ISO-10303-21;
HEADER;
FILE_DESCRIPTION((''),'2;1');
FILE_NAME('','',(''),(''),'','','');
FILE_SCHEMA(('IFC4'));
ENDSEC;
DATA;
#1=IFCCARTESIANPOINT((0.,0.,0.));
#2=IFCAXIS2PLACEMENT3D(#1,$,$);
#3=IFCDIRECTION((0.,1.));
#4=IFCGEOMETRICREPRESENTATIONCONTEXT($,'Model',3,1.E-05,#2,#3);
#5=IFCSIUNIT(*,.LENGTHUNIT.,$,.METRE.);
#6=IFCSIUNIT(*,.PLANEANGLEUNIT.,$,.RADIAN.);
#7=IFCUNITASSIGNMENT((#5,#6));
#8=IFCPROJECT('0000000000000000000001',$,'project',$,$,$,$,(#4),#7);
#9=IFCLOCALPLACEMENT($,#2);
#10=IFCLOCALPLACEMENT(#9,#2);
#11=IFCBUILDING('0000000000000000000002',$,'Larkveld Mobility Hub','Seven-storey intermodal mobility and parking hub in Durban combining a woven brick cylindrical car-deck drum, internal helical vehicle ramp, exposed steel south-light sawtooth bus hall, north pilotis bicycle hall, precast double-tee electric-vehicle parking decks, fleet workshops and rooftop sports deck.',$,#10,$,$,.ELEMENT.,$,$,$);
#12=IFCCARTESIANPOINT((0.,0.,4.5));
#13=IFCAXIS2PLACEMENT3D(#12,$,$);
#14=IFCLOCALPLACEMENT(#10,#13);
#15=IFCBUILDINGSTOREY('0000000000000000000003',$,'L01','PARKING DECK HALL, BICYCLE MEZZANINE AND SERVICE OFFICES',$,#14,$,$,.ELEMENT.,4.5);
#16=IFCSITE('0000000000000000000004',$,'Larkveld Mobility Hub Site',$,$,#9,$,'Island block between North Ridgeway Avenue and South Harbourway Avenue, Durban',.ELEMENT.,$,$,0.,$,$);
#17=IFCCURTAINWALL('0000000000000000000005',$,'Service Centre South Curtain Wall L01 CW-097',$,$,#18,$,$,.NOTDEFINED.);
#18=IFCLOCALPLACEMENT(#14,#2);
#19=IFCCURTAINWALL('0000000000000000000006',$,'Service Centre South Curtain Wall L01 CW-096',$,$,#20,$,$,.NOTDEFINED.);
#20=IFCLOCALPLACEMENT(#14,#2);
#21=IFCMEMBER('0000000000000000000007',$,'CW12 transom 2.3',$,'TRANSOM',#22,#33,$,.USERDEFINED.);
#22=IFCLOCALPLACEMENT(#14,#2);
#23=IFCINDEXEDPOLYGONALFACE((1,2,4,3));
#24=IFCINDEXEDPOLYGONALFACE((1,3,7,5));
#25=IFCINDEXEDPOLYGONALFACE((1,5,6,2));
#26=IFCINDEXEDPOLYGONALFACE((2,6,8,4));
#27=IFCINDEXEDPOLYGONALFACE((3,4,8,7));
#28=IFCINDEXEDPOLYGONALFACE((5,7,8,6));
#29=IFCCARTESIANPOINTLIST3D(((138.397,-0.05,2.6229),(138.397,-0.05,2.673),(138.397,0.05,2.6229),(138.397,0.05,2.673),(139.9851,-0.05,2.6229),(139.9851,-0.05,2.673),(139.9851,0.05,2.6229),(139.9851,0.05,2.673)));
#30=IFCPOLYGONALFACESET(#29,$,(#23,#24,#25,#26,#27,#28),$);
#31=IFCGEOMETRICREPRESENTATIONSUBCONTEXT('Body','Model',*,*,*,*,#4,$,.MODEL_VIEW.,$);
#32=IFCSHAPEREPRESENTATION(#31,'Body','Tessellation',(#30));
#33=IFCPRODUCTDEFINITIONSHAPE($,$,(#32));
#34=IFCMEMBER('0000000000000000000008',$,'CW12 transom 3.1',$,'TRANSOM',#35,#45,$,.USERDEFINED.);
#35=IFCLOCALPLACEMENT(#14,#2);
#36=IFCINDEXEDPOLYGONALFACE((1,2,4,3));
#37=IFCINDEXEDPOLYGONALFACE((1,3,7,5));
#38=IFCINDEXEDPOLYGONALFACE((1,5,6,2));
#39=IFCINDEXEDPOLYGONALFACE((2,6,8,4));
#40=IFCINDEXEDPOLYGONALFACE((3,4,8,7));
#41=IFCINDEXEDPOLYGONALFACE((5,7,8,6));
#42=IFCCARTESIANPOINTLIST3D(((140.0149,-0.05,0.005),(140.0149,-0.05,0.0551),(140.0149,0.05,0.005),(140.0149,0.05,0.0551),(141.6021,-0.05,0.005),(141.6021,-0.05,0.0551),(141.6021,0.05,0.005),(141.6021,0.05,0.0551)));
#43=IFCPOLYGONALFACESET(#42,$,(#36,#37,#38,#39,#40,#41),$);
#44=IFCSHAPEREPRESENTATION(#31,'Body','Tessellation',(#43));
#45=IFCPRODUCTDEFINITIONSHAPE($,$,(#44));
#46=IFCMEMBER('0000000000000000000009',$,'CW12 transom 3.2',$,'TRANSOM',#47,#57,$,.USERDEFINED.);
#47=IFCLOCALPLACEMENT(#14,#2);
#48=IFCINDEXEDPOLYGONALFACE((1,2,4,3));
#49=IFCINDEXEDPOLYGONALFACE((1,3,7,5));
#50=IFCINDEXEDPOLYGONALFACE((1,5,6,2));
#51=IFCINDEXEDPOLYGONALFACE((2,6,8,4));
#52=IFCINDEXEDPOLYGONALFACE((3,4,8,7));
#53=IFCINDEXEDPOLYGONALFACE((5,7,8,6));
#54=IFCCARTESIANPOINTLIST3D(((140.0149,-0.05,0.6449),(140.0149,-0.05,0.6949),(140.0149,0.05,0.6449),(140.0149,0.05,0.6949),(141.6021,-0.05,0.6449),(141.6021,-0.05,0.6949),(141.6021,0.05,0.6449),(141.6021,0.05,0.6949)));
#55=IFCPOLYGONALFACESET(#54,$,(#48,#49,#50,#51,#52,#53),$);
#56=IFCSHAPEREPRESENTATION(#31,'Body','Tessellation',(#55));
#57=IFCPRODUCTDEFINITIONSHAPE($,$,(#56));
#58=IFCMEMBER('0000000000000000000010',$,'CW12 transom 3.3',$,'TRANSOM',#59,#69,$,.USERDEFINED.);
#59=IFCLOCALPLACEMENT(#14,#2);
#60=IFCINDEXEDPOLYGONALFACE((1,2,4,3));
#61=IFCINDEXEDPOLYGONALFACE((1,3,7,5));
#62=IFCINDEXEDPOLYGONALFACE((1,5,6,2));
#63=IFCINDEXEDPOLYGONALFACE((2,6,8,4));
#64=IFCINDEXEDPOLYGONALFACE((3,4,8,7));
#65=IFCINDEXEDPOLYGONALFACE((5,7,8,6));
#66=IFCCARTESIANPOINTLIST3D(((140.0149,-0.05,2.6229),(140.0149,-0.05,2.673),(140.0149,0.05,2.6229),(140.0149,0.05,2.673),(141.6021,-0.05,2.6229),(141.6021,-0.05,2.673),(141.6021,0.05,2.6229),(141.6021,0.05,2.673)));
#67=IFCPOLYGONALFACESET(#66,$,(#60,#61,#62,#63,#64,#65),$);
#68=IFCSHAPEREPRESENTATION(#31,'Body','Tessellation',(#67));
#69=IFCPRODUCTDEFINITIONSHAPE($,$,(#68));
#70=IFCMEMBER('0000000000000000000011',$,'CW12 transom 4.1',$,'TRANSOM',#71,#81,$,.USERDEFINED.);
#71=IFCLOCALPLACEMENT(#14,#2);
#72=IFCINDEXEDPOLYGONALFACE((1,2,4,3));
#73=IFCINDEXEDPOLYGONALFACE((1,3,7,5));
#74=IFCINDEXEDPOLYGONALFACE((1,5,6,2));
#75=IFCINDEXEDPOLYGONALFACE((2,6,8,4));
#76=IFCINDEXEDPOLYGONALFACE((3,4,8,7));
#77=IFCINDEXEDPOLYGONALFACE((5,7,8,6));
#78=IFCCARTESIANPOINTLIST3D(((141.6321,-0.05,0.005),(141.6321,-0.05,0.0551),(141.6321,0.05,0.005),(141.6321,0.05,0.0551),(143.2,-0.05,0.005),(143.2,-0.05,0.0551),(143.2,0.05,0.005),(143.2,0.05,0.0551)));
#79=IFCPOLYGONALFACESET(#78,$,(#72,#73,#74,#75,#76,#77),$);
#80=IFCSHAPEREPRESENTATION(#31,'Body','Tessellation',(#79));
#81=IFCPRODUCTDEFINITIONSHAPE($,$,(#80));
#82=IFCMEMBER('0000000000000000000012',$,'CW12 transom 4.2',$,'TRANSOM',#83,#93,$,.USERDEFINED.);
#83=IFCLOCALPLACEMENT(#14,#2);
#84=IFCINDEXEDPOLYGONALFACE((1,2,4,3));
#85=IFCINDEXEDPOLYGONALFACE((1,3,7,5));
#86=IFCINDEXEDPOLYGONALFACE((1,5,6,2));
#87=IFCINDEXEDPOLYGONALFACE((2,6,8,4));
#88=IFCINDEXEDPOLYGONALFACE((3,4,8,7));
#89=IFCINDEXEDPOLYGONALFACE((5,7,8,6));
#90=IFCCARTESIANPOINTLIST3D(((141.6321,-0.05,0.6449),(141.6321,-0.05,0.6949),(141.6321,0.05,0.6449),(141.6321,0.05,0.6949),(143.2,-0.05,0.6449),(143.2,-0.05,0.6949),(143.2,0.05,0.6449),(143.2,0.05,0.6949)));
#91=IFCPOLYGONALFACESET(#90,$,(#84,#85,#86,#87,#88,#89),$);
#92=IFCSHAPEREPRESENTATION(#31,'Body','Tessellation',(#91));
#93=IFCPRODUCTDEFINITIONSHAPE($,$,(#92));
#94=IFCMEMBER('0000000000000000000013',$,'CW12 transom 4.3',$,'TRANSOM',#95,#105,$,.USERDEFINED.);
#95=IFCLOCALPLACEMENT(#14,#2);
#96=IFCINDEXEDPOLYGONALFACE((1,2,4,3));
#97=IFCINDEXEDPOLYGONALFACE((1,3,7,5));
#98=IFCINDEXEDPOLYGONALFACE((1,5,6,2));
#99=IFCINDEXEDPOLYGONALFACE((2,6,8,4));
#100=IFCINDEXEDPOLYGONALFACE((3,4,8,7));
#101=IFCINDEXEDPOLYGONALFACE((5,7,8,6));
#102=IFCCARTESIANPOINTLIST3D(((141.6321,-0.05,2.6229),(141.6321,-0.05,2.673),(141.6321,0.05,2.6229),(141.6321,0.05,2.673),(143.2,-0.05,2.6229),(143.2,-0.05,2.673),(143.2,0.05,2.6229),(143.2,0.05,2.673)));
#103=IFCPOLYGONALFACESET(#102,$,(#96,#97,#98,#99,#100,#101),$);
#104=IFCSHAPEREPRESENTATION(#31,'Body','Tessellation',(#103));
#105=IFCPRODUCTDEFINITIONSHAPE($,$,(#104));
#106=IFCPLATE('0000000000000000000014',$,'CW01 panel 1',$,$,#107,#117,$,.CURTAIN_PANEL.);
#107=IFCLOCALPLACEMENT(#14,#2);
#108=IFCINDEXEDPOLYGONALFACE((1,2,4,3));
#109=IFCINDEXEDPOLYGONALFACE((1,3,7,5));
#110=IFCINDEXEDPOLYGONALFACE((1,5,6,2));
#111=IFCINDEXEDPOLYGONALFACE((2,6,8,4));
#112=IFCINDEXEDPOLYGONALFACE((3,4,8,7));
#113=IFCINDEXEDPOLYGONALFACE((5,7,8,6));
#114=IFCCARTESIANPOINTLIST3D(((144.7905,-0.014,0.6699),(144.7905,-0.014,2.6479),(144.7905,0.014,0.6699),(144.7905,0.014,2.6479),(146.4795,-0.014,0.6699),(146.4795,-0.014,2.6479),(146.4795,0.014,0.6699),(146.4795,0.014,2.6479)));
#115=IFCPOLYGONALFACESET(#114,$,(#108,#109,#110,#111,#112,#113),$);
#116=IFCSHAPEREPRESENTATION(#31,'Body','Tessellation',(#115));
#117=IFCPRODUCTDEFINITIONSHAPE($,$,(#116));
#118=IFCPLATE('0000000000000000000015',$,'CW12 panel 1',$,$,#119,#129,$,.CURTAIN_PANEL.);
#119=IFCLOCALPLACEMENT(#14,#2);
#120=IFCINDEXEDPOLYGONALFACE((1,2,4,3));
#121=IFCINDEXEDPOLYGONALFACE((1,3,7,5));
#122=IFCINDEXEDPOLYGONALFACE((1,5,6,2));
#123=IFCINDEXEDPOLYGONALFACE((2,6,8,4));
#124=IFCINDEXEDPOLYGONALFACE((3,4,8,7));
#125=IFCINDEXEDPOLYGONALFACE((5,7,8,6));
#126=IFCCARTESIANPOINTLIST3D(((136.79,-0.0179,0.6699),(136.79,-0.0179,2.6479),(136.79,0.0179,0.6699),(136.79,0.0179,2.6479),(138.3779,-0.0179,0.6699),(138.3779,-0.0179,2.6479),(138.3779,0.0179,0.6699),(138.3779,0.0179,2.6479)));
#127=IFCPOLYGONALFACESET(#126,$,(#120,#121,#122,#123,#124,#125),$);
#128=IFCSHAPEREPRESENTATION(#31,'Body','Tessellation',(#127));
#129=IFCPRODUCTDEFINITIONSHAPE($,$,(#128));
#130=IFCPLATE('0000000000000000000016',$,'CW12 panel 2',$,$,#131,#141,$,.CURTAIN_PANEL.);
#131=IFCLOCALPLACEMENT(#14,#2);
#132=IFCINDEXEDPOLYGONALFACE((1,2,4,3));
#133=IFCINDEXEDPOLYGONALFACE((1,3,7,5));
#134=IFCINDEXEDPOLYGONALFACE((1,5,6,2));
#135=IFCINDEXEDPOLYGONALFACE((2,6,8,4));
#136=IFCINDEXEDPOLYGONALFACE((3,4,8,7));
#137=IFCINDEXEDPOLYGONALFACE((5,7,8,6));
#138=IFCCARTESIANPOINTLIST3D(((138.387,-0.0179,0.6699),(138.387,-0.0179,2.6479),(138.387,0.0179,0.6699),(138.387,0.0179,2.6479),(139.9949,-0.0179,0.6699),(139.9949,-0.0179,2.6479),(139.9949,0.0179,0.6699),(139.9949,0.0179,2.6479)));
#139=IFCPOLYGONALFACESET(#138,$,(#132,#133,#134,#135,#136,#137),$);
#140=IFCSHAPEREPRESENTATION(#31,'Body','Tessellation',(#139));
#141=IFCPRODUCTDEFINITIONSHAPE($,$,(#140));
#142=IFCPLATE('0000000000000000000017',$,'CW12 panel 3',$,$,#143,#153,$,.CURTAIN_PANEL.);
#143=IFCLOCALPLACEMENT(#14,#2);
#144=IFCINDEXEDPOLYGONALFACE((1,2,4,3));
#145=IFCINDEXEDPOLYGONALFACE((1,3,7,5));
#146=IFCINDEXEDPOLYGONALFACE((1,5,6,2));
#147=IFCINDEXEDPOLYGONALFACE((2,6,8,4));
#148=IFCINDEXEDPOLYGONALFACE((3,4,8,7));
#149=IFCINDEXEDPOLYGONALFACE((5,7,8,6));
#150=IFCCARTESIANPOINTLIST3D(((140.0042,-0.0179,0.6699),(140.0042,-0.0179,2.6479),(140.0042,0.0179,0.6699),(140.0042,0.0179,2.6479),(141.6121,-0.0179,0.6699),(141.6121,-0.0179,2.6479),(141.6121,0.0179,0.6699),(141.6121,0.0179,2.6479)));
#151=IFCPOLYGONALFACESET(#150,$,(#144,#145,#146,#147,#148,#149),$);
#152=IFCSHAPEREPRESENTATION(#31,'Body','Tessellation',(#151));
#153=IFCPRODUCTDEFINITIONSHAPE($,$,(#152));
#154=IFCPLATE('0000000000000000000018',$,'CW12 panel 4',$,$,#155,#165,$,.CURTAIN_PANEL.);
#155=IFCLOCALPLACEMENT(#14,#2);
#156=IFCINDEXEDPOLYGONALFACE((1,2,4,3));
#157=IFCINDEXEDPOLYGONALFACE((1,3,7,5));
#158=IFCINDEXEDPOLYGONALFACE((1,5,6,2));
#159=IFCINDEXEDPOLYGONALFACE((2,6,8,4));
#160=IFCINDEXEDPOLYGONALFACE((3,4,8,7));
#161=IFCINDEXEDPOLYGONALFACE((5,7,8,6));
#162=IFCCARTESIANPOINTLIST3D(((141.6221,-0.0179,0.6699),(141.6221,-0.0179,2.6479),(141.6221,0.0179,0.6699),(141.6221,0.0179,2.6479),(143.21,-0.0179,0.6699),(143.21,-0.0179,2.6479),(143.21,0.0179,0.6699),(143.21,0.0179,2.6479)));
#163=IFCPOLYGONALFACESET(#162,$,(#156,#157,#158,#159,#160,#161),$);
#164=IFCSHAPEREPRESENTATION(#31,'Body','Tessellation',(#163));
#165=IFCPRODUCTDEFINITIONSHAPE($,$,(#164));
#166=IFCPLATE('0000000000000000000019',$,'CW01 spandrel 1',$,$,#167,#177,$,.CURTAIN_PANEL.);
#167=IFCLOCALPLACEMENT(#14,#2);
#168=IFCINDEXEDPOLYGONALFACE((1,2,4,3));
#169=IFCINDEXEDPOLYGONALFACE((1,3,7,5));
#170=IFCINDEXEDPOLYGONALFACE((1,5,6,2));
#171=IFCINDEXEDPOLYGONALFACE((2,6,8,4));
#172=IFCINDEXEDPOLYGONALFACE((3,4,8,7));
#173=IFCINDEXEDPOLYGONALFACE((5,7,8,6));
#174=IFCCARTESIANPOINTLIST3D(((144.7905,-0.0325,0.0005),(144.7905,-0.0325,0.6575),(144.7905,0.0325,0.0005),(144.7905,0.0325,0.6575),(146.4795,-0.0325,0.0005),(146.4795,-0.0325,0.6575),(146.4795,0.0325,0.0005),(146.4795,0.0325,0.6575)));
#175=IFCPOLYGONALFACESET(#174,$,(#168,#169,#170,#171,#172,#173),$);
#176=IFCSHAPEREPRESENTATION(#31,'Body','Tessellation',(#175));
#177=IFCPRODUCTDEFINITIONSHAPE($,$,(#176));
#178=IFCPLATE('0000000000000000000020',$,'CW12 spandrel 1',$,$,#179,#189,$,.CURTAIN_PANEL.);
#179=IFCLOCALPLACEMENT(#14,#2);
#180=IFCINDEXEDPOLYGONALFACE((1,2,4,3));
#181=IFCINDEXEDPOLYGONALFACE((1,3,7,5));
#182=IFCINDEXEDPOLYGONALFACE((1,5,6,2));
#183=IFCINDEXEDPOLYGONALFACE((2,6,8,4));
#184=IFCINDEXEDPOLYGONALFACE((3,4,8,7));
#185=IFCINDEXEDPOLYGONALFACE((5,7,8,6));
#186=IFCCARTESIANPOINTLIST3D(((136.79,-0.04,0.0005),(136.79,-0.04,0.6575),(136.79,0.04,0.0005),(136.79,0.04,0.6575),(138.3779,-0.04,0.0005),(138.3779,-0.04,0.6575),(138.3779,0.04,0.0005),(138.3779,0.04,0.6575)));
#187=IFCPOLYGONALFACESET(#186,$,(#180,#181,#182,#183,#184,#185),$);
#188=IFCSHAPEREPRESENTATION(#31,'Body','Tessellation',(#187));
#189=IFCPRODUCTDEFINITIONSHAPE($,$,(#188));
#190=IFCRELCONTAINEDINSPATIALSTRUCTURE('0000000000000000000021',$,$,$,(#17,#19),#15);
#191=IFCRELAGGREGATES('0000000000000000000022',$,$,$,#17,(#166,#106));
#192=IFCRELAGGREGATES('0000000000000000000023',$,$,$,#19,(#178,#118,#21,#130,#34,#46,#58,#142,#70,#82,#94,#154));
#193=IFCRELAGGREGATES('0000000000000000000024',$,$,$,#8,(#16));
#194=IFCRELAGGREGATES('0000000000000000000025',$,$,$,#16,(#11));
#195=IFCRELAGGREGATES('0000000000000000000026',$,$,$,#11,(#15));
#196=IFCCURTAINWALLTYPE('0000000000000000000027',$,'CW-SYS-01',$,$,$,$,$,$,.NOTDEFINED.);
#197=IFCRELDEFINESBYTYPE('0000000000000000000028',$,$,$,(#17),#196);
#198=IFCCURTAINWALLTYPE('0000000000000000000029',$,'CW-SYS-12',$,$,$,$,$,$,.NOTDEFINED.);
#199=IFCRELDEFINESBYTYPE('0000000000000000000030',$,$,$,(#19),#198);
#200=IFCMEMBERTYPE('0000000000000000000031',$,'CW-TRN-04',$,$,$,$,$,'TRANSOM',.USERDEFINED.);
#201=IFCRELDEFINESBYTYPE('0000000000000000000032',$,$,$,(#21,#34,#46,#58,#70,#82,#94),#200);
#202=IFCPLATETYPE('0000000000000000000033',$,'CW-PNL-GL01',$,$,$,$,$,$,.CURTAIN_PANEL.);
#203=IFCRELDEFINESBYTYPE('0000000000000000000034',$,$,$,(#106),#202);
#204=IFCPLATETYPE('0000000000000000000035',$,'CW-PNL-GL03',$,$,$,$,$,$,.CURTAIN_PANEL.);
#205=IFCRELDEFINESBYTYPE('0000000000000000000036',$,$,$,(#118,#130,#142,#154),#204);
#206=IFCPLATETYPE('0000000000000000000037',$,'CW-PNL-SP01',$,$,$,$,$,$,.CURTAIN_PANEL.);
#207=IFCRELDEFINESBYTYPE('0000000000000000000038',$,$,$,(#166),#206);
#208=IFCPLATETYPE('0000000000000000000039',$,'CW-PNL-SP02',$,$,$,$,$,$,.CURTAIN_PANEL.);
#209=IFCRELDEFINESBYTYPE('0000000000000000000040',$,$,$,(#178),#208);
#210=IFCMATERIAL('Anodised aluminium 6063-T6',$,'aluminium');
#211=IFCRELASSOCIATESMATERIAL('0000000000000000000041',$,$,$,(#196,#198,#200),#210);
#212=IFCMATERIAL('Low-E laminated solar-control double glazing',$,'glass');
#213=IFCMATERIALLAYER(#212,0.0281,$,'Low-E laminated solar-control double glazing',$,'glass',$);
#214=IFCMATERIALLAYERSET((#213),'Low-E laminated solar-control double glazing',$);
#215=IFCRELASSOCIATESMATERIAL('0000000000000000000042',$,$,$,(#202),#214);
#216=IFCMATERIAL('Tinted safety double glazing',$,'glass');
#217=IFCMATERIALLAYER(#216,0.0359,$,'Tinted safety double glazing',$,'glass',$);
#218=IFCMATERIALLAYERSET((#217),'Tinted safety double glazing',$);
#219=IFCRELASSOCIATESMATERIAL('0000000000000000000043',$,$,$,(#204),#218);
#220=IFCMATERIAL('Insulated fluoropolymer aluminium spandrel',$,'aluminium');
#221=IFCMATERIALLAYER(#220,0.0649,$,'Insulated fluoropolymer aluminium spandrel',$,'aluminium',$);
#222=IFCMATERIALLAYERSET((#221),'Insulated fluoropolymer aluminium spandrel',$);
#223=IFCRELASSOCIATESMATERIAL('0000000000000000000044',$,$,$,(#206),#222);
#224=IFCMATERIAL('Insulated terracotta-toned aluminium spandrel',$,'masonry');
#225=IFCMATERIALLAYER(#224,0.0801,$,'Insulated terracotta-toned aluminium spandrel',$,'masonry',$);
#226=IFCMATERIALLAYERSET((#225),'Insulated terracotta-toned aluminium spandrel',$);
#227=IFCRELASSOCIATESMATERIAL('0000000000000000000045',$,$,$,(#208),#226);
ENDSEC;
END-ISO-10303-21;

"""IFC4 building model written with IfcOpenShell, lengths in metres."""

from ifc_helpers import new_model, si_unit, direction, frame, origin, origin_2d, place, context, subcontext, project, spatial, rectangle, extrude, material, layer, layer_set, material_profile, profile_set, type_object, element, aggregate, save


model = new_model("IFC4")

# Units and contexts
model_context = context("Model", 3, precision=1e-05, world=origin(), true_north=direction((0.0, 1.0)))
body_context = subcontext(model_context, "Body", "Model", "MODEL_VIEW")
ifc_project = project(units=[si_unit("LENGTHUNIT", "METRE"), si_unit("PLANEANGLEUNIT", "RADIAN")], contexts=[model_context])

# Site, building, storey
site_placement = place(None, origin())
site = spatial("IfcSite", under=ifc_project, at=site_placement, Name="Larkveld Mobility Hub Site", LongName="Island block between North Ridgeway Avenue and South Harbourway Avenue, Durban", CompositionType="ELEMENT", RefElevation=0.0)
building_placement = place(site_placement, origin())
building = spatial("IfcBuilding", under=site, at=building_placement, Name="Larkveld Mobility Hub", Description="Seven-storey intermodal mobility and parking hub in Durban combining a woven brick cylindrical car-deck drum, internal helical vehicle ramp, exposed steel south-light sawtooth bus hall, north pilotis bicycle hall, precast double-tee electric-vehicle parking decks, fleet workshops and rooftop sports deck.", CompositionType="ELEMENT")
storey_placement = place(building_placement, frame((0.0, 0.0, 4.5)))
storey = spatial("IfcBuildingStorey", under=building, at=storey_placement, Name="L01", Description="PARKING DECK HALL, BICYCLE MEZZANINE AND SERVICE OFFICES", CompositionType="ELEMENT", Elevation=4.5)

# Curtain wall
ifc_material_1 = material(Name="Anodised aluminium 6063-T6", Category="aluminium")
curtain_wall_type_1 = type_object("IfcCurtainWallType", Name="CW-SYS-01", PredefinedType="NOTDEFINED", material=ifc_material_1)
curtain_wall_1_placement = place(storey_placement, origin())
curtain_wall_1 = element("IfcCurtainWall", 1, at=curtain_wall_1_placement, inside=storey, type_object=curtain_wall_type_1, Name="Service Centre South Curtain Wall L01 CW-097", PredefinedType="NOTDEFINED")

# Curtain wall
curtain_wall_type_2 = type_object("IfcCurtainWallType", Name="CW-SYS-12", PredefinedType="NOTDEFINED", material=ifc_material_1)
curtain_wall_2_placement = place(storey_placement, origin())
curtain_wall_2 = element("IfcCurtainWall", 2, at=curtain_wall_2_placement, inside=storey, type_object=curtain_wall_type_2, Name="Service Centre South Curtain Wall L01 CW-096", PredefinedType="NOTDEFINED")

# Members
ifc_material_profile_1 = material_profile(ifc_material_1, rectangle(XDim=0.1001, YDim=0.05, at=origin_2d()), Name="ALU TRAN 50x100")
ifc_profile_set_1 = profile_set([ifc_material_profile_1], Name="Anodised aluminium 6063-T6")
member_type_1 = type_object("IfcMemberType", Name="CW-TRN-04", ElementType="TRANSOM", PredefinedType="USERDEFINED", material=ifc_profile_set_1)
member_1_placement = place(storey_placement, frame((138.397, 0.0, 2.6479), z_axis=(1.0, 0.0, 0.0), x_axis=(0.0, 1.0, 0.0)))
member_1 = element("IfcMember", 3, at=member_1_placement, type_object=member_type_1, Name="CW12 transom 2.3", ObjectType="TRANSOM", PredefinedType="USERDEFINED", context=body_context, shape_type="SweptSolid", body=[
    extrude(rectangle(XDim=0.1001, YDim=0.05, at=origin_2d()), origin(), (0.0, 0.0, 1.0), 1.5881),
])
member_2_placement = place(storey_placement, frame((140.0149, 0.0, 0.03), z_axis=(1.0, 0.0, 0.0), x_axis=(0.0, 1.0, 0.0)))
member_2 = element("IfcMember", 4, at=member_2_placement, type_object=member_type_1, Name="CW12 transom 3.1", ObjectType="TRANSOM", PredefinedType="USERDEFINED", context=body_context, shape_type="SweptSolid", body=[
    extrude(rectangle(XDim=0.1001, YDim=0.05, at=origin_2d()), origin(), (0.0, 0.0, 1.0), 1.5872),
])
member_3_placement = place(storey_placement, frame((140.0149, 0.0, 0.6699), z_axis=(1.0, 0.0, 0.0), x_axis=(0.0, 1.0, 0.0)))
member_3 = element("IfcMember", 5, at=member_3_placement, type_object=member_type_1, Name="CW12 transom 3.2", ObjectType="TRANSOM", PredefinedType="USERDEFINED", context=body_context, shape_type="SweptSolid", body=[
    extrude(rectangle(XDim=0.1001, YDim=0.05, at=origin_2d()), origin(), (0.0, 0.0, 1.0), 1.5872),
])
member_4_placement = place(storey_placement, frame((140.0149, 0.0, 2.6479), z_axis=(1.0, 0.0, 0.0), x_axis=(0.0, 1.0, 0.0)))
member_4 = element("IfcMember", 6, at=member_4_placement, type_object=member_type_1, Name="CW12 transom 3.3", ObjectType="TRANSOM", PredefinedType="USERDEFINED", context=body_context, shape_type="SweptSolid", body=[
    extrude(rectangle(XDim=0.1001, YDim=0.05, at=origin_2d()), origin(), (0.0, 0.0, 1.0), 1.5872),
])
member_5_placement = place(storey_placement, frame((141.6321, 0.0, 0.03), z_axis=(1.0, 0.0, 0.0), x_axis=(0.0, 1.0, 0.0)))
member_5 = element("IfcMember", 7, at=member_5_placement, type_object=member_type_1, Name="CW12 transom 4.1", ObjectType="TRANSOM", PredefinedType="USERDEFINED", context=body_context, shape_type="SweptSolid", body=[
    extrude(rectangle(XDim=0.1001, YDim=0.05, at=origin_2d()), origin(), (0.0, 0.0, 1.0), 1.5679),
])
member_6_placement = place(storey_placement, frame((141.6321, 0.0, 0.6699), z_axis=(1.0, 0.0, 0.0), x_axis=(0.0, 1.0, 0.0)))
member_6 = element("IfcMember", 8, at=member_6_placement, type_object=member_type_1, Name="CW12 transom 4.2", ObjectType="TRANSOM", PredefinedType="USERDEFINED", context=body_context, shape_type="SweptSolid", body=[
    extrude(rectangle(XDim=0.1001, YDim=0.05, at=origin_2d()), origin(), (0.0, 0.0, 1.0), 1.5679),
])
member_7_placement = place(storey_placement, frame((141.6321, 0.0, 2.6479), z_axis=(1.0, 0.0, 0.0), x_axis=(0.0, 1.0, 0.0)))
member_7 = element("IfcMember", 9, at=member_7_placement, type_object=member_type_1, Name="CW12 transom 4.3", ObjectType="TRANSOM", PredefinedType="USERDEFINED", context=body_context, shape_type="SweptSolid", body=[
    extrude(rectangle(XDim=0.1001, YDim=0.05, at=origin_2d()), origin(), (0.0, 0.0, 1.0), 1.5679),
])

# Plates
ifc_material_2 = material(Name="Low-E laminated solar-control double glazing", Category="glass")
ifc_layer_1 = layer(ifc_material_2, 0.0281, Name="Low-E laminated solar-control double glazing", Category="glass")
ifc_layer_set_1 = layer_set([ifc_layer_1], Name="Low-E laminated solar-control double glazing")
plate_type_1 = type_object("IfcPlateType", Name="CW-PNL-GL01", PredefinedType="CURTAIN_PANEL", material=ifc_layer_set_1)
plate_1_placement = place(storey_placement, frame((145.635, 0.0, 0.6699), z_axis=(0.0, 0.0, 1.0), x_axis=(1.0, 0.0, 0.0)))
plate_1 = element("IfcPlate", 10, at=plate_1_placement, type_object=plate_type_1, Name="CW01 panel 1", PredefinedType="CURTAIN_PANEL", context=body_context, shape_type="SweptSolid", body=[
    extrude(rectangle(XDim=1.689, YDim=0.0281, at=origin_2d()), origin(), (0.0, 0.0, 1.0), 1.978),
])
ifc_material_3 = material(Name="Tinted safety double glazing", Category="glass")
ifc_layer_2 = layer(ifc_material_3, 0.0359, Name="Tinted safety double glazing", Category="glass")
ifc_layer_set_2 = layer_set([ifc_layer_2], Name="Tinted safety double glazing")
plate_type_2 = type_object("IfcPlateType", Name="CW-PNL-GL03", PredefinedType="CURTAIN_PANEL", material=ifc_layer_set_2)
plate_2_placement = place(storey_placement, frame((137.584, 0.0, 0.6699), z_axis=(0.0, 0.0, 1.0), x_axis=(1.0, 0.0, 0.0)))
plate_2 = element("IfcPlate", 11, at=plate_2_placement, type_object=plate_type_2, Name="CW12 panel 1", PredefinedType="CURTAIN_PANEL", context=body_context, shape_type="SweptSolid", body=[
    extrude(rectangle(XDim=1.5879, YDim=0.0359, at=origin_2d()), origin(), (0.0, 0.0, 1.0), 1.978),
])
plate_3_placement = place(storey_placement, frame((139.1909, 0.0, 0.6699), z_axis=(0.0, 0.0, 1.0), x_axis=(1.0, 0.0, 0.0)))
plate_3 = element("IfcPlate", 12, at=plate_3_placement, type_object=plate_type_2, Name="CW12 panel 2", PredefinedType="CURTAIN_PANEL", context=body_context, shape_type="SweptSolid", body=[
    extrude(rectangle(XDim=1.6079, YDim=0.0359, at=origin_2d()), origin(), (0.0, 0.0, 1.0), 1.978),
])
plate_4_placement = place(storey_placement, frame((140.8081, 0.0, 0.6699), z_axis=(0.0, 0.0, 1.0), x_axis=(1.0, 0.0, 0.0)))
plate_4 = element("IfcPlate", 13, at=plate_4_placement, type_object=plate_type_2, Name="CW12 panel 3", PredefinedType="CURTAIN_PANEL", context=body_context, shape_type="SweptSolid", body=[
    extrude(rectangle(XDim=1.6079, YDim=0.0359, at=origin_2d()), origin(), (0.0, 0.0, 1.0), 1.978),
])
plate_5_placement = place(storey_placement, frame((142.416, 0.0, 0.6699), z_axis=(0.0, 0.0, 1.0), x_axis=(1.0, 0.0, 0.0)))
plate_5 = element("IfcPlate", 14, at=plate_5_placement, type_object=plate_type_2, Name="CW12 panel 4", PredefinedType="CURTAIN_PANEL", context=body_context, shape_type="SweptSolid", body=[
    extrude(rectangle(XDim=1.5879, YDim=0.0359, at=origin_2d()), origin(), (0.0, 0.0, 1.0), 1.978),
])
ifc_material_4 = material(Name="Insulated fluoropolymer aluminium spandrel", Category="aluminium")
ifc_layer_3 = layer(ifc_material_4, 0.0649, Name="Insulated fluoropolymer aluminium spandrel", Category="aluminium")
ifc_layer_set_3 = layer_set([ifc_layer_3], Name="Insulated fluoropolymer aluminium spandrel")
plate_type_3 = type_object("IfcPlateType", Name="CW-PNL-SP01", PredefinedType="CURTAIN_PANEL", material=ifc_layer_set_3)
plate_6_placement = place(storey_placement, frame((145.635, 0.0, 0.0005), z_axis=(0.0, 0.0, 1.0), x_axis=(1.0, 0.0, 0.0)))
plate_6 = element("IfcPlate", 15, at=plate_6_placement, type_object=plate_type_3, Name="CW01 spandrel 1", PredefinedType="CURTAIN_PANEL", context=body_context, shape_type="SweptSolid", body=[
    extrude(rectangle(XDim=1.689, YDim=0.0649, at=origin_2d()), origin(), (0.0, 0.0, 1.0), 0.657),
])
aggregate(curtain_wall_1, [plate_6, plate_1])
ifc_material_5 = material(Name="Insulated terracotta-toned aluminium spandrel", Category="masonry")
ifc_layer_4 = layer(ifc_material_5, 0.0801, Name="Insulated terracotta-toned aluminium spandrel", Category="masonry")
ifc_layer_set_4 = layer_set([ifc_layer_4], Name="Insulated terracotta-toned aluminium spandrel")
plate_type_4 = type_object("IfcPlateType", Name="CW-PNL-SP02", PredefinedType="CURTAIN_PANEL", material=ifc_layer_set_4)
plate_7_placement = place(storey_placement, frame((137.584, 0.0, 0.0005), z_axis=(0.0, 0.0, 1.0), x_axis=(1.0, 0.0, 0.0)))
plate_7 = element("IfcPlate", 16, at=plate_7_placement, type_object=plate_type_4, Name="CW12 spandrel 1", PredefinedType="CURTAIN_PANEL", context=body_context, shape_type="SweptSolid", body=[
    extrude(rectangle(XDim=1.5879, YDim=0.0801, at=origin_2d()), origin(), (0.0, 0.0, 1.0), 0.657),
])
aggregate(curtain_wall_2, [plate_7, plate_2, member_1, plate_3, member_2, member_3, member_4, plate_4, member_5, member_6, member_7, plate_5])

save(model, "model.ifc")
